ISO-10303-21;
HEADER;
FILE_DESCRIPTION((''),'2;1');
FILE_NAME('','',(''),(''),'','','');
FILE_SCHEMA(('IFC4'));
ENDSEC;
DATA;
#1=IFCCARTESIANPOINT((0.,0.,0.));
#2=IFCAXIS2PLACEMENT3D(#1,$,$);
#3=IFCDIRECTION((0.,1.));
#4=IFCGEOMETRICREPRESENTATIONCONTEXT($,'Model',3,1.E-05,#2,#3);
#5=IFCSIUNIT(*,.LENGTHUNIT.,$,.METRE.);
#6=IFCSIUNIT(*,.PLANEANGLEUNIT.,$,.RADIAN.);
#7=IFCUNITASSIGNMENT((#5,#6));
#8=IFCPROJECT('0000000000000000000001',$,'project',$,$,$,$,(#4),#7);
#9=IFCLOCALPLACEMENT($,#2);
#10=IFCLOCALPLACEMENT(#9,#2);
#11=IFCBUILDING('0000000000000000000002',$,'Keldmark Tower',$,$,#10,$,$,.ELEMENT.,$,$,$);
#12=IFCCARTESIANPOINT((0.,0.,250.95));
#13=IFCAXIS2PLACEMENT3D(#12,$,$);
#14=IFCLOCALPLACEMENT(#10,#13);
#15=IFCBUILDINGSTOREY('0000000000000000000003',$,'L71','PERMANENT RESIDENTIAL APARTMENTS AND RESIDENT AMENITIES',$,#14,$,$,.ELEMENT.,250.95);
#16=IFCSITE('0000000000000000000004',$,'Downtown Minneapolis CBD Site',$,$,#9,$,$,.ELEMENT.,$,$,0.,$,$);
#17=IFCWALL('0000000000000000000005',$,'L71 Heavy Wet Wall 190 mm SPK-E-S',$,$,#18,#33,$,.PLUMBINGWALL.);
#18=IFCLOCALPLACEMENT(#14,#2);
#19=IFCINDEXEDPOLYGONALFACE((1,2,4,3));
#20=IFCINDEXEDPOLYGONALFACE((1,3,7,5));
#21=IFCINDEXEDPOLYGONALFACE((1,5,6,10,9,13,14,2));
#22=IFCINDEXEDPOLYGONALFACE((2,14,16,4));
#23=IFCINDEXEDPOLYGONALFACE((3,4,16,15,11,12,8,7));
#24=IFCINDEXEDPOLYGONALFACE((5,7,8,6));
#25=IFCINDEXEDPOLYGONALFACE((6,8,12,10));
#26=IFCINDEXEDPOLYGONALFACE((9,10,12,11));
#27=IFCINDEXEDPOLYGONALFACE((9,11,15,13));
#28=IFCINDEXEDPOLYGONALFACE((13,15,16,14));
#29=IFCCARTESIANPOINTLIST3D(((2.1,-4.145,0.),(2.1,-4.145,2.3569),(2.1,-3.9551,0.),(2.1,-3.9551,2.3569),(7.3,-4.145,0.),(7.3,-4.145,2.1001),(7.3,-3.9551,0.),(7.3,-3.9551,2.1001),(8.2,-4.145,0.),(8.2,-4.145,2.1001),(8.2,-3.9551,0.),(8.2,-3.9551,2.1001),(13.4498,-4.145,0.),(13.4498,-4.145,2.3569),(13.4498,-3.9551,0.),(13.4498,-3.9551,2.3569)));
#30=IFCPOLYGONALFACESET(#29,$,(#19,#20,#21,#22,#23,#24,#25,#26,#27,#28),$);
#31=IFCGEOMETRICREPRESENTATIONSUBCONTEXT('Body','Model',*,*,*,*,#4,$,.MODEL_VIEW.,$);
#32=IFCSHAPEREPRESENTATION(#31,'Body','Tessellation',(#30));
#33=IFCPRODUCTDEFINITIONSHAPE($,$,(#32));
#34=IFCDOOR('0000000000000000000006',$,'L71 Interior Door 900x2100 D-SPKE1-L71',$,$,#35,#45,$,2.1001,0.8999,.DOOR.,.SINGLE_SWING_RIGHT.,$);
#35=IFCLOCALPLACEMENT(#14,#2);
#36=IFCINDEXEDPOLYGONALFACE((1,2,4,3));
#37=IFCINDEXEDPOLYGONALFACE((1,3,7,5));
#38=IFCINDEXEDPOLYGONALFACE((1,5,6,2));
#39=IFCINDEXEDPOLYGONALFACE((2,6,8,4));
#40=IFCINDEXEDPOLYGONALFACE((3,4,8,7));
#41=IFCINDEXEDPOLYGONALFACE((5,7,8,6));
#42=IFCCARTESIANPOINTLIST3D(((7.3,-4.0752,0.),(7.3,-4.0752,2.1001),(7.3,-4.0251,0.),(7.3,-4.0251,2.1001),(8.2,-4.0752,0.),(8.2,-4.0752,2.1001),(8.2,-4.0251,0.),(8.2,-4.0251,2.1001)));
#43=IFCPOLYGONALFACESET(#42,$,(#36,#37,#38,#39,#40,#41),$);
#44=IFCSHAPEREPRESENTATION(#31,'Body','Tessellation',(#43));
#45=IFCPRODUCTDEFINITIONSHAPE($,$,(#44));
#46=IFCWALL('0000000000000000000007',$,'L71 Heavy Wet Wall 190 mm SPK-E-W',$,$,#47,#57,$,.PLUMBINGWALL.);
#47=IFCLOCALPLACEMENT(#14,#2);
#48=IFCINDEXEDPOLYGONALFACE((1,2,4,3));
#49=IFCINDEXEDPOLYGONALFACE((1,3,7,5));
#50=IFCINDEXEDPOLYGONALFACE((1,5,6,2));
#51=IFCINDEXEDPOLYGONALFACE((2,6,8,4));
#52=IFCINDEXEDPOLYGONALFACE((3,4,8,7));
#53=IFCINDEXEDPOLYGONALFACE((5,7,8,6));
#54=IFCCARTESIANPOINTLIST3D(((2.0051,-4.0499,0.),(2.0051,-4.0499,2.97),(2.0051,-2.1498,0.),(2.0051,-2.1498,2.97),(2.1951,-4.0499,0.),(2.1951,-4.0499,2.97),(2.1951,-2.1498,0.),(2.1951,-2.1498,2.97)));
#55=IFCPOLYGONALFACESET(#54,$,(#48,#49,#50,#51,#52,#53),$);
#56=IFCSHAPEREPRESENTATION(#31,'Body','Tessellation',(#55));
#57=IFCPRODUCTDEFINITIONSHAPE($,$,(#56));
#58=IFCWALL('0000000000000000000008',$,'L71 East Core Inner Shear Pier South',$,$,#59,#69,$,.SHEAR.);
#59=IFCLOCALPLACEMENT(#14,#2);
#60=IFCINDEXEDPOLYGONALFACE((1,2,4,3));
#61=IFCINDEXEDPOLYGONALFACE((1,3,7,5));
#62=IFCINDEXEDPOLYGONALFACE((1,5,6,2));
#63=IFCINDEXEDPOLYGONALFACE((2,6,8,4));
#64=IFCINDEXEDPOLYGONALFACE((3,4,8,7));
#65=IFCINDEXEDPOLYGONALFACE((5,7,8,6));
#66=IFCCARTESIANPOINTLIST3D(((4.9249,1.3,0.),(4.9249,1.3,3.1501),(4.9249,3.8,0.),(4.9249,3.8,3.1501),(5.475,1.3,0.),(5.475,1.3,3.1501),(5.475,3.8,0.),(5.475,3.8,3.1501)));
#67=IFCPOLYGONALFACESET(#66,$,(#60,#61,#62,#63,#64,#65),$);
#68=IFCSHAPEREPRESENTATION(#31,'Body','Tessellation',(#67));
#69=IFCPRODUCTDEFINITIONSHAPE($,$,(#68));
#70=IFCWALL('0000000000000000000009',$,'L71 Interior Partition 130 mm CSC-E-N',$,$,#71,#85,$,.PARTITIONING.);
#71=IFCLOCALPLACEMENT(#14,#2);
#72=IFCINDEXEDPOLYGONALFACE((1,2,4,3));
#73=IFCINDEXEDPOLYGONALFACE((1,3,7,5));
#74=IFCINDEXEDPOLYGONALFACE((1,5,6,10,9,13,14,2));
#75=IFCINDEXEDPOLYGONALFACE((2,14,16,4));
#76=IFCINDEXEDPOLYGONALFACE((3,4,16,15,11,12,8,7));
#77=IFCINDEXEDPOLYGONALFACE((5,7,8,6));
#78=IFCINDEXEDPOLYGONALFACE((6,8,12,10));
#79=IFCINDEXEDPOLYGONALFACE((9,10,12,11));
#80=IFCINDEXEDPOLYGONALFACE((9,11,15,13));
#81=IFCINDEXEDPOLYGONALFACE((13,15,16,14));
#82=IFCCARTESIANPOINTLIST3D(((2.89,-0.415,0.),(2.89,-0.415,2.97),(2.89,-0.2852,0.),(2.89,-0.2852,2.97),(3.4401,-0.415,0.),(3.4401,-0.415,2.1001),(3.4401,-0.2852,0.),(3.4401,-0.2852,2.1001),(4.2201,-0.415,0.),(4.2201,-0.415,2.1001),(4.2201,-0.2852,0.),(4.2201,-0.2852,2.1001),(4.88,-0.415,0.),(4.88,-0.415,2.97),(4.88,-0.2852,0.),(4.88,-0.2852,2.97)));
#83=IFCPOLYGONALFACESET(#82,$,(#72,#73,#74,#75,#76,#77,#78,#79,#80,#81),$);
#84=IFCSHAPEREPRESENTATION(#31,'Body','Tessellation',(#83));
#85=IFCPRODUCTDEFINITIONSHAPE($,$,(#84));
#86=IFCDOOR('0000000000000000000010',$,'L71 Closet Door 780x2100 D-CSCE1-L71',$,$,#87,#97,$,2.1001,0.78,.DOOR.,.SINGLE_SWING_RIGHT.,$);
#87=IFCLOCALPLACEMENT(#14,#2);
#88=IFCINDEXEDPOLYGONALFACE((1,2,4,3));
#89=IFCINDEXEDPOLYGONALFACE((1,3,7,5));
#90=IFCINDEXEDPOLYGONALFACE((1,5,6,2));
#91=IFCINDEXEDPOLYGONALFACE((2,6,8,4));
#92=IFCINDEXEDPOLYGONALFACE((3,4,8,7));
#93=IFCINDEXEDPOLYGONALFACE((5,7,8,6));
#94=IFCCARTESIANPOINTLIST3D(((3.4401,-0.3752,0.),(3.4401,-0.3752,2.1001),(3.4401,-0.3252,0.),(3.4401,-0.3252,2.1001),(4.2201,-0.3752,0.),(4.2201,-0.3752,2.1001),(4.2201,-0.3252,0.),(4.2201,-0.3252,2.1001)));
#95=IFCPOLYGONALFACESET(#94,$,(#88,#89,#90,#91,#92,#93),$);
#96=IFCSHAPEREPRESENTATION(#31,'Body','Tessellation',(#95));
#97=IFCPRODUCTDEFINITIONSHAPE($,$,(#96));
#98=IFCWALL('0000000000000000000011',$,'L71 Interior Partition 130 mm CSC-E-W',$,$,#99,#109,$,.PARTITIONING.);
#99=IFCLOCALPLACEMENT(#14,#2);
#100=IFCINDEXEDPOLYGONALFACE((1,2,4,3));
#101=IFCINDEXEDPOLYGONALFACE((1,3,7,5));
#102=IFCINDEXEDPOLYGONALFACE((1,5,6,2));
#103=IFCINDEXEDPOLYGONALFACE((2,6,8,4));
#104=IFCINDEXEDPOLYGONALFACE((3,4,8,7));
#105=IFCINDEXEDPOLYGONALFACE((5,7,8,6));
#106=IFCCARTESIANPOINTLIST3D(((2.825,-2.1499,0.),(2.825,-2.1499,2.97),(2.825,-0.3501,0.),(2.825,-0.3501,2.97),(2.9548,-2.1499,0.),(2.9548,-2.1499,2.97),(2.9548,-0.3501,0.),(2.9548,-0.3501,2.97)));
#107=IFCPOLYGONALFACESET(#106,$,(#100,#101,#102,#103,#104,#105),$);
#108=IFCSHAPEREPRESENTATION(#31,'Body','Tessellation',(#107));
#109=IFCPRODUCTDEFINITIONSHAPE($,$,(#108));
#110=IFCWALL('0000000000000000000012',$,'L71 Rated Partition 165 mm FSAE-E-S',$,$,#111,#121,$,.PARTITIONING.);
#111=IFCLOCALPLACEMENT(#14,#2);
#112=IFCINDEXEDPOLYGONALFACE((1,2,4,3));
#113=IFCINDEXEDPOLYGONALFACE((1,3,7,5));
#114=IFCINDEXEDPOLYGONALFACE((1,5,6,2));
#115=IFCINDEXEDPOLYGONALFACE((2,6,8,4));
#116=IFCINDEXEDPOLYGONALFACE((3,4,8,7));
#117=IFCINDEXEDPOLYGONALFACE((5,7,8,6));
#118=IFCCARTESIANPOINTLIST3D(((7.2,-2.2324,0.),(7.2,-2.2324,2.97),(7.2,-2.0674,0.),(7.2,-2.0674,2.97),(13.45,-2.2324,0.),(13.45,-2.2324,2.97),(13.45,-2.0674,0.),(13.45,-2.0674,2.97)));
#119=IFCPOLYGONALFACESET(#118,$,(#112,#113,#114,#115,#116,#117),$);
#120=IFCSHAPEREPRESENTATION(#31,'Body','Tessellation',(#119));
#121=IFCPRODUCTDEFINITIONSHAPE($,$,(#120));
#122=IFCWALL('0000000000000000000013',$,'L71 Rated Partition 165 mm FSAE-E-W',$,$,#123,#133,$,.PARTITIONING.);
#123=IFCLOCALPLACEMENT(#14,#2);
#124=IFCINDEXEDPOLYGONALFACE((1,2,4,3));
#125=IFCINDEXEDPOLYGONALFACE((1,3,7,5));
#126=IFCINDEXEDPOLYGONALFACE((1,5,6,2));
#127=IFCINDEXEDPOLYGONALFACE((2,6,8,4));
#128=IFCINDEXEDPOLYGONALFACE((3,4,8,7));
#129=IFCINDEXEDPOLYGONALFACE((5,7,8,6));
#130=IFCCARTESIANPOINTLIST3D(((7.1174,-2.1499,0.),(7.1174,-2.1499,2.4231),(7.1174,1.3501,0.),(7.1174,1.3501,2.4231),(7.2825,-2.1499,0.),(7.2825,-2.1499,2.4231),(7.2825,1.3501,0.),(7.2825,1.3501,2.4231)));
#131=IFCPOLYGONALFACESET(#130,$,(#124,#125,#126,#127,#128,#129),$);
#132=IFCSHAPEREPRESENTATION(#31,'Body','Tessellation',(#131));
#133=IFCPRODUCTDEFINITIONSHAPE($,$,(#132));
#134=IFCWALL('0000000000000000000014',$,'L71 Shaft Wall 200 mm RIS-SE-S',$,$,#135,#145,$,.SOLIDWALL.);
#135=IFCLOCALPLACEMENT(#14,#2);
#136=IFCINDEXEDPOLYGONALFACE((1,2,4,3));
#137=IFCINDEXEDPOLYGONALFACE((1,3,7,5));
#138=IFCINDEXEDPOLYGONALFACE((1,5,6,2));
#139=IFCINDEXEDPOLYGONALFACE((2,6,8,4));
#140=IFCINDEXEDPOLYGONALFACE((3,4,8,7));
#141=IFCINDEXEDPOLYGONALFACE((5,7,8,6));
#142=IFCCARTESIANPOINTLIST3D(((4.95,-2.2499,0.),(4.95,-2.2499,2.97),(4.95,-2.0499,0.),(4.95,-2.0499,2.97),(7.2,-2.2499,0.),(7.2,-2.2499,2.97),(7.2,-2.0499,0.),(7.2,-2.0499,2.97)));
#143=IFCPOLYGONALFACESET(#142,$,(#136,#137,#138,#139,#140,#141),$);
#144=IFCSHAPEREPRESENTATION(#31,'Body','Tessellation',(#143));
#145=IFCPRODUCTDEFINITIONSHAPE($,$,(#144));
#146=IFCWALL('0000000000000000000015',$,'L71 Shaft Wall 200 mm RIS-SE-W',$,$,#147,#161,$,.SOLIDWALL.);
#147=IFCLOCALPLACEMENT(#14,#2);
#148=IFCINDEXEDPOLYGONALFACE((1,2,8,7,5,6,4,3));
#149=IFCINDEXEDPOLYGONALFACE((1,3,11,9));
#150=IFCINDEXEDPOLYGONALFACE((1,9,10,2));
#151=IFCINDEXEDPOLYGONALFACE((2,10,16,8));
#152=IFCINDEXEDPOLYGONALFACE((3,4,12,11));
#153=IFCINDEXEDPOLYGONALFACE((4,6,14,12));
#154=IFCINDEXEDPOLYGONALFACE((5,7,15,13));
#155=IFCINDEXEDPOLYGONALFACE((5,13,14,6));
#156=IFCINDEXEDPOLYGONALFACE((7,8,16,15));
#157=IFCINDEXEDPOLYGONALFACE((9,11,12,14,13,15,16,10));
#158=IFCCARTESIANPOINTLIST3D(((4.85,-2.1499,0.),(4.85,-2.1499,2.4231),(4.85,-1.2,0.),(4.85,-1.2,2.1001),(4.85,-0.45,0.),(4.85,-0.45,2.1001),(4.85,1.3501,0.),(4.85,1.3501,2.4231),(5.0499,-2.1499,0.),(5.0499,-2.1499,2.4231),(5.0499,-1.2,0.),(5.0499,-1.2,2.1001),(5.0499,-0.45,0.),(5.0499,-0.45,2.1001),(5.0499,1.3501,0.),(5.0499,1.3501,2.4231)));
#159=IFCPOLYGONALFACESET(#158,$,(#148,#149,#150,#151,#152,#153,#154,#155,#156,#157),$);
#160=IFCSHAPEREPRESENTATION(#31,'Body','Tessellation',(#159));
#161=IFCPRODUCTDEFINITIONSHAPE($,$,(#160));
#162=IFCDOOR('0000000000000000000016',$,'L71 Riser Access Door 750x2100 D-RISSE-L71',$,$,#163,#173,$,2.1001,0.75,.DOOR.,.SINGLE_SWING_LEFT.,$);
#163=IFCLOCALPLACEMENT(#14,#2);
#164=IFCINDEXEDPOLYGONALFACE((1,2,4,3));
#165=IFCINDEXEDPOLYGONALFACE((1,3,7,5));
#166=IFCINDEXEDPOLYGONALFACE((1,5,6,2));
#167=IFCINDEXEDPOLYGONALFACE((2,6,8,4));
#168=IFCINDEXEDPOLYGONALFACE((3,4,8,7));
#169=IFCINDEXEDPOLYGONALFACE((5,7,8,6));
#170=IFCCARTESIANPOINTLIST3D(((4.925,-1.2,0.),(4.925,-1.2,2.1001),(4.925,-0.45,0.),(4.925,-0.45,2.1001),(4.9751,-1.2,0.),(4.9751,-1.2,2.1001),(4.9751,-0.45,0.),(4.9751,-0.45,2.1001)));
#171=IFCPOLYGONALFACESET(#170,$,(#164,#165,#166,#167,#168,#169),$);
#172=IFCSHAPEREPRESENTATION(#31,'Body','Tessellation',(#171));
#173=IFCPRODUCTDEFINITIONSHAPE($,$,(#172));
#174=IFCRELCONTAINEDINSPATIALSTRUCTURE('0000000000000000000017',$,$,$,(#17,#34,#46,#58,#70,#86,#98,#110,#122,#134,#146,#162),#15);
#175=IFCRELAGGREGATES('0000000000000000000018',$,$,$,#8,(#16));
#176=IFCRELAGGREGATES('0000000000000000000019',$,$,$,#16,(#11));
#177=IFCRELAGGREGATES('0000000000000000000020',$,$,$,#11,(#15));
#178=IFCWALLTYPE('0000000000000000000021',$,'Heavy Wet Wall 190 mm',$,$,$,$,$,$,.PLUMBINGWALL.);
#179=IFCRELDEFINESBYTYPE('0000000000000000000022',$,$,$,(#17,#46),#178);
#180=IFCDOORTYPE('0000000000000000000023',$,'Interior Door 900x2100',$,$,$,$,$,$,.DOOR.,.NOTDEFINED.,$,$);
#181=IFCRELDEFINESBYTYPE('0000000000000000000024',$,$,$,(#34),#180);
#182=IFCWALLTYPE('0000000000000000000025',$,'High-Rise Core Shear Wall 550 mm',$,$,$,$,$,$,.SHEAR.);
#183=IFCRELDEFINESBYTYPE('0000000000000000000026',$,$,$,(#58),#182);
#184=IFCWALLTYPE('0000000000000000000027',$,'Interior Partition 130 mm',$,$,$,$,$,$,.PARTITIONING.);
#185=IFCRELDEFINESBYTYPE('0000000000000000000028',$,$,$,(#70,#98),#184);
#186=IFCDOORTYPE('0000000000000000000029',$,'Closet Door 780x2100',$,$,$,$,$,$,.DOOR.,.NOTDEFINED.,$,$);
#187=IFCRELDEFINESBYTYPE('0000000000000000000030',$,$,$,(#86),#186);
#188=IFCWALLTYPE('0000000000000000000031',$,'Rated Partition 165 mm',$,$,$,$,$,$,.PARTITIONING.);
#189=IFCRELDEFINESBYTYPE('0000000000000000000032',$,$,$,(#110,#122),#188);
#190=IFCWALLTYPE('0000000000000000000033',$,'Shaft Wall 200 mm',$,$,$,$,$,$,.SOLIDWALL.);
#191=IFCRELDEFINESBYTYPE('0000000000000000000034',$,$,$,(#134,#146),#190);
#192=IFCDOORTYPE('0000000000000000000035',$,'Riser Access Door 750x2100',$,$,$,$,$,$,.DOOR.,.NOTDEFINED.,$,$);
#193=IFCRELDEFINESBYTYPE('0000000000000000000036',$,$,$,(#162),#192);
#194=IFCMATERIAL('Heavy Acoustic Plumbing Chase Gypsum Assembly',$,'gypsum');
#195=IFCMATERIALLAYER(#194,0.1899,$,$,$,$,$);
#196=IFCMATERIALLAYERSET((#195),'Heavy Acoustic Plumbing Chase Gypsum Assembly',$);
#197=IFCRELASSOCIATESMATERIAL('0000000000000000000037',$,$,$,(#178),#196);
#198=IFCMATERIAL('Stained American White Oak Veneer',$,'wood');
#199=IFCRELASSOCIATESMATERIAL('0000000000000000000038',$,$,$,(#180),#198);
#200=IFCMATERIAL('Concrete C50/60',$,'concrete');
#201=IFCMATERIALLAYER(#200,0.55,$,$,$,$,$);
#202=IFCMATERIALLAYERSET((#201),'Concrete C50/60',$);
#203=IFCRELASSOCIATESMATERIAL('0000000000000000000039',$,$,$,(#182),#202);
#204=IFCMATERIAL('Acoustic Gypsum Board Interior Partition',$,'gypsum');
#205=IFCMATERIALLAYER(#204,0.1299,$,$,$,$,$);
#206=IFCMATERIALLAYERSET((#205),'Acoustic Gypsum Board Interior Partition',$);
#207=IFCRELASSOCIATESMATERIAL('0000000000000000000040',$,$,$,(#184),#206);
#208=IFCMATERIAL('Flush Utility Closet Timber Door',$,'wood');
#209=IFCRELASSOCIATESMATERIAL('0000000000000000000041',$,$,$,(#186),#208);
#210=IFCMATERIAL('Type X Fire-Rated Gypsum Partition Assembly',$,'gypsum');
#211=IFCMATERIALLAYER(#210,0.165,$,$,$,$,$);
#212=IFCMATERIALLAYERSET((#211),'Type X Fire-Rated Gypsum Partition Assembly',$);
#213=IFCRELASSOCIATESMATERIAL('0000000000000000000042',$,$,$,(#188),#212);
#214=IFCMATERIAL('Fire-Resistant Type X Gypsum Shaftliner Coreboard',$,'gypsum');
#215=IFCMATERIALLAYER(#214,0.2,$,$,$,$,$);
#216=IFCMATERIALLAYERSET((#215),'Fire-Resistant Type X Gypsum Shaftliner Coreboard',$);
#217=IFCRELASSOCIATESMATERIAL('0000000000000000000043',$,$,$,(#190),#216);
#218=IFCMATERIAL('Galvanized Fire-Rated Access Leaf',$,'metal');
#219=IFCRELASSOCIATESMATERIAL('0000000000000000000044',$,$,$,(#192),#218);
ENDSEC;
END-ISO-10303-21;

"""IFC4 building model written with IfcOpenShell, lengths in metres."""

from ifc_helpers import new_model, si_unit, direction, frame, frame_2d, origin, place, context, subcontext, project, spatial, rectangle, extrude, material, layer, layer_set, type_object, element, fill, save


model = new_model("IFC4")

# Units and contexts
model_context = context("Model", 3, precision=1e-05, world=origin(), true_north=direction((0.0, 1.0)))
body_context = subcontext(model_context, "Body", "Model", "MODEL_VIEW")
ifc_project = project(units=[si_unit("LENGTHUNIT", "METRE"), si_unit("PLANEANGLEUNIT", "RADIAN")], contexts=[model_context])

# Site, building, storey
site_placement = place(None, origin())
site = spatial("IfcSite", under=ifc_project, at=site_placement, Name="Downtown Minneapolis CBD Site", CompositionType="ELEMENT", RefElevation=0.0)
building_placement = place(site_placement, origin())
building = spatial("IfcBuilding", under=site, at=building_placement, Name="Keldmark Tower", CompositionType="ELEMENT")
storey_placement = place(building_placement, frame((0.0, 0.0, 250.95)))
storey = spatial("IfcBuildingStorey", under=building, at=storey_placement, Name="L71", Description="PERMANENT RESIDENTIAL APARTMENTS AND RESIDENT AMENITIES", CompositionType="ELEMENT", Elevation=250.95)

# Wall, opening, door
ifc_material_1 = material(Name="Heavy Acoustic Plumbing Chase Gypsum Assembly", Category="gypsum")
ifc_layer_1 = layer(ifc_material_1, 0.1899)
ifc_layer_set_1 = layer_set([ifc_layer_1], Name="Heavy Acoustic Plumbing Chase Gypsum Assembly")
wall_type_1 = type_object("IfcWallType", Name="Heavy Wet Wall 190 mm", PredefinedType="PLUMBINGWALL", material=ifc_layer_set_1)
wall_1_placement = place(storey_placement, frame((2.1001, -4.05, 0.0), z_axis=(0.0, 0.0, 1.0), x_axis=(1.0, 0.0, 0.0)))
wall_1 = element("IfcWall", 1, at=wall_1_placement, inside=storey, type_object=wall_type_1, Name="L71 Heavy Wet Wall 190 mm SPK-E-S", PredefinedType="PLUMBINGWALL", context=body_context, shape_type="SweptSolid", body=[
    extrude(rectangle(XDim=11.3499, YDim=0.1899, at=frame_2d((5.6748, 0.0))), origin(), (0.0, 0.0, 1.0), 2.3569),
])
opening_1_placement = place(wall_1_placement, frame((5.2, 0.0, 0.0)))
opening_1 = element("IfcOpeningElement", 2, at=opening_1_placement, cuts=wall_1, PredefinedType="OPENING", context=body_context, shape_type="SweptSolid", body=[
    extrude(rectangle(XDim=0.8999, YDim=2.1001, at=frame_2d((0.45, 1.05))), frame((0.0, 0.105, 0.0), z_axis=(0.0, -1.0, 0.0), x_axis=(1.0, 0.0, 0.0)), (0.0, 0.0, 1.0), 0.21),
])
ifc_material_2 = material(Name="Stained American White Oak Veneer", Category="wood")
door_type_1 = type_object("IfcDoorType", Name="Interior Door 900x2100", OperationType="NOTDEFINED", PredefinedType="DOOR", material=ifc_material_2)
door_1_placement = place(opening_1_placement, origin())
door_1 = element("IfcDoor", 3, at=door_1_placement, inside=storey, type_object=door_type_1, Name="L71 Interior Door 900x2100 D-SPKE1-L71", OperationType="SINGLE_SWING_RIGHT", OverallHeight=2.1001, OverallWidth=0.8999, PredefinedType="DOOR", context=body_context, shape_type="SweptSolid", body=[
    extrude(rectangle(XDim=0.8999, YDim=2.1001, at=frame_2d((0.45, 1.05))), frame((0.0, 0.0249, 0.0), z_axis=(0.0, -1.0, 0.0), x_axis=(1.0, 0.0, 0.0)), (0.0, 0.0, 1.0), 0.05),
])
fill(opening_1, door_1)

# Walls
wall_2_placement = place(storey_placement, frame((2.1001, -4.05, 0.0), z_axis=(0.0, 0.0, 1.0), x_axis=(0.0, 1.0, 0.0)))
element("IfcWall", 4, at=wall_2_placement, inside=storey, type_object=wall_type_1, Name="L71 Heavy Wet Wall 190 mm SPK-E-W", PredefinedType="PLUMBINGWALL", context=body_context, shape_type="SweptSolid", body=[
    extrude(rectangle(XDim=1.9001, YDim=0.1899, at=frame_2d((0.9502, 0.0))), origin(), (0.0, 0.0, 1.0), 2.97),
])
ifc_material_3 = material(Name="Concrete C50/60", Category="concrete")
ifc_layer_2 = layer(ifc_material_3, 0.55)
ifc_layer_set_2 = layer_set([ifc_layer_2], Name="Concrete C50/60")
wall_type_2 = type_object("IfcWallType", Name="High-Rise Core Shear Wall 550 mm", PredefinedType="SHEAR", material=ifc_layer_set_2)
wall_3_placement = place(storey_placement, frame((5.2, 1.3, 0.0), z_axis=(0.0, 0.0, 1.0), x_axis=(0.0, 1.0, 0.0)))
element("IfcWall", 5, at=wall_3_placement, inside=storey, type_object=wall_type_2, Name="L71 East Core Inner Shear Pier South", PredefinedType="SHEAR", context=body_context, shape_type="SweptSolid", body=[
    extrude(rectangle(XDim=2.5, YDim=0.55, at=frame_2d((1.25, 0.0))), origin(), (0.0, 0.0, 1.0), 3.1501),
])

# Wall, opening, door
ifc_material_4 = material(Name="Acoustic Gypsum Board Interior Partition", Category="gypsum")
ifc_layer_3 = layer(ifc_material_4, 0.1299)
ifc_layer_set_3 = layer_set([ifc_layer_3], Name="Acoustic Gypsum Board Interior Partition")
wall_type_3 = type_object("IfcWallType", Name="Interior Partition 130 mm", PredefinedType="PARTITIONING", material=ifc_layer_set_3)
wall_4_placement = place(storey_placement, frame((2.8899, -0.3501, 0.0), z_axis=(0.0, 0.0, 1.0), x_axis=(1.0, 0.0, 0.0)))
wall_4 = element("IfcWall", 6, at=wall_4_placement, inside=storey, type_object=wall_type_3, Name="L71 Interior Partition 130 mm CSC-E-N", PredefinedType="PARTITIONING", context=body_context, shape_type="SweptSolid", body=[
    extrude(rectangle(XDim=1.99, YDim=0.1299, at=frame_2d((0.9951, 0.0))), origin(), (0.0, 0.0, 1.0), 2.97),
])
opening_2_placement = place(wall_4_placement, frame((0.55, 0.0, 0.0)))
opening_2 = element("IfcOpeningElement", 7, at=opening_2_placement, cuts=wall_4, PredefinedType="OPENING", context=body_context, shape_type="SweptSolid", body=[
    extrude(rectangle(XDim=0.78, YDim=2.1001, at=frame_2d((0.3901, 1.05))), frame((0.0, 0.075, 0.0), z_axis=(0.0, -1.0, 0.0), x_axis=(1.0, 0.0, 0.0)), (0.0, 0.0, 1.0), 0.1499),
])
ifc_material_5 = material(Name="Flush Utility Closet Timber Door", Category="wood")
door_type_2 = type_object("IfcDoorType", Name="Closet Door 780x2100", OperationType="NOTDEFINED", PredefinedType="DOOR", material=ifc_material_5)
door_2_placement = place(opening_2_placement, origin())
door_2 = element("IfcDoor", 8, at=door_2_placement, inside=storey, type_object=door_type_2, Name="L71 Closet Door 780x2100 D-CSCE1-L71", OperationType="SINGLE_SWING_RIGHT", OverallHeight=2.1001, OverallWidth=0.78, PredefinedType="DOOR", context=body_context, shape_type="SweptSolid", body=[
    extrude(rectangle(XDim=0.78, YDim=2.1001, at=frame_2d((0.3901, 1.05))), frame((0.0, 0.0249, 0.0), z_axis=(0.0, -1.0, 0.0), x_axis=(1.0, 0.0, 0.0)), (0.0, 0.0, 1.0), 0.05),
])
fill(opening_2, door_2)

# Walls
wall_5_placement = place(storey_placement, frame((2.8899, -2.1499, 0.0), z_axis=(0.0, 0.0, 1.0), x_axis=(0.0, 1.0, 0.0)))
element("IfcWall", 9, at=wall_5_placement, inside=storey, type_object=wall_type_3, Name="L71 Interior Partition 130 mm CSC-E-W", PredefinedType="PARTITIONING", context=body_context, shape_type="SweptSolid", body=[
    extrude(rectangle(XDim=1.7998, YDim=0.1299, at=frame_2d((0.8999, 0.0))), origin(), (0.0, 0.0, 1.0), 2.97),
])
ifc_material_6 = material(Name="Type X Fire-Rated Gypsum Partition Assembly", Category="gypsum")
ifc_layer_4 = layer(ifc_material_6, 0.165)
ifc_layer_set_4 = layer_set([ifc_layer_4], Name="Type X Fire-Rated Gypsum Partition Assembly")
wall_type_4 = type_object("IfcWallType", Name="Rated Partition 165 mm", PredefinedType="PARTITIONING", material=ifc_layer_set_4)
wall_6_placement = place(storey_placement, frame((7.2, -2.1499, 0.0), z_axis=(0.0, 0.0, 1.0), x_axis=(1.0, 0.0, 0.0)))
element("IfcWall", 10, at=wall_6_placement, inside=storey, type_object=wall_type_4, Name="L71 Rated Partition 165 mm FSAE-E-S", PredefinedType="PARTITIONING", context=body_context, shape_type="SweptSolid", body=[
    extrude(rectangle(XDim=6.25, YDim=0.165, at=frame_2d((3.125, 0.0))), origin(), (0.0, 0.0, 1.0), 2.97),
])
wall_7_placement = place(storey_placement, frame((7.2, -2.1499, 0.0), z_axis=(0.0, 0.0, 1.0), x_axis=(0.0, 1.0, 0.0)))
element("IfcWall", 11, at=wall_7_placement, inside=storey, type_object=wall_type_4, Name="L71 Rated Partition 165 mm FSAE-E-W", PredefinedType="PARTITIONING", context=body_context, shape_type="SweptSolid", body=[
    extrude(rectangle(XDim=3.5, YDim=0.165, at=frame_2d((1.75, 0.0))), origin(), (0.0, 0.0, 1.0), 2.4231),
])
ifc_material_7 = material(Name="Fire-Resistant Type X Gypsum Shaftliner Coreboard", Category="gypsum")
ifc_layer_5 = layer(ifc_material_7, 0.2)
ifc_layer_set_5 = layer_set([ifc_layer_5], Name="Fire-Resistant Type X Gypsum Shaftliner Coreboard")
wall_type_5 = type_object("IfcWallType", Name="Shaft Wall 200 mm", PredefinedType="SOLIDWALL", material=ifc_layer_set_5)
wall_8_placement = place(storey_placement, frame((4.95, -2.1499, 0.0), z_axis=(0.0, 0.0, 1.0), x_axis=(1.0, 0.0, 0.0)))
element("IfcWall", 12, at=wall_8_placement, inside=storey, type_object=wall_type_5, Name="L71 Shaft Wall 200 mm RIS-SE-S", PredefinedType="SOLIDWALL", context=body_context, shape_type="SweptSolid", body=[
    extrude(rectangle(XDim=2.25, YDim=0.2, at=frame_2d((1.125, 0.0))), origin(), (0.0, 0.0, 1.0), 2.97),
])

# Wall, opening, door
wall_9_placement = place(storey_placement, frame((4.95, -2.1499, 0.0), z_axis=(0.0, 0.0, 1.0), x_axis=(0.0, 1.0, 0.0)))
wall_9 = element("IfcWall", 13, at=wall_9_placement, inside=storey, type_object=wall_type_5, Name="L71 Shaft Wall 200 mm RIS-SE-W", PredefinedType="SOLIDWALL", context=body_context, shape_type="SweptSolid", body=[
    extrude(rectangle(XDim=3.5, YDim=0.2, at=frame_2d((1.75, 0.0))), origin(), (0.0, 0.0, 1.0), 2.4231),
])
opening_3_placement = place(wall_9_placement, frame((0.95, 0.0, 0.0)))
opening_3 = element("IfcOpeningElement", 14, at=opening_3_placement, cuts=wall_9, PredefinedType="OPENING", context=body_context, shape_type="SweptSolid", body=[
    extrude(rectangle(XDim=0.75, YDim=2.1001, at=frame_2d((0.375, 1.05))), frame((0.0, 0.1099, 0.0), z_axis=(0.0, -1.0, 0.0), x_axis=(1.0, 0.0, 0.0)), (0.0, 0.0, 1.0), 0.22),
])
ifc_material_8 = material(Name="Galvanized Fire-Rated Access Leaf", Category="metal")
door_type_3 = type_object("IfcDoorType", Name="Riser Access Door 750x2100", OperationType="NOTDEFINED", PredefinedType="DOOR", material=ifc_material_8)
door_3_placement = place(opening_3_placement, origin())
door_3 = element("IfcDoor", 15, at=door_3_placement, inside=storey, type_object=door_type_3, Name="L71 Riser Access Door 750x2100 D-RISSE-L71", OperationType="SINGLE_SWING_LEFT", OverallHeight=2.1001, OverallWidth=0.75, PredefinedType="DOOR", context=body_context, shape_type="SweptSolid", body=[
    extrude(rectangle(XDim=0.75, YDim=2.1001, at=frame_2d((0.375, 1.05))), frame((0.0, 0.0249, 0.0), z_axis=(0.0, -1.0, 0.0), x_axis=(1.0, 0.0, 0.0)), (0.0, 0.0, 1.0), 0.05),
])
fill(opening_3, door_3)

save(model, "model.ifc")
